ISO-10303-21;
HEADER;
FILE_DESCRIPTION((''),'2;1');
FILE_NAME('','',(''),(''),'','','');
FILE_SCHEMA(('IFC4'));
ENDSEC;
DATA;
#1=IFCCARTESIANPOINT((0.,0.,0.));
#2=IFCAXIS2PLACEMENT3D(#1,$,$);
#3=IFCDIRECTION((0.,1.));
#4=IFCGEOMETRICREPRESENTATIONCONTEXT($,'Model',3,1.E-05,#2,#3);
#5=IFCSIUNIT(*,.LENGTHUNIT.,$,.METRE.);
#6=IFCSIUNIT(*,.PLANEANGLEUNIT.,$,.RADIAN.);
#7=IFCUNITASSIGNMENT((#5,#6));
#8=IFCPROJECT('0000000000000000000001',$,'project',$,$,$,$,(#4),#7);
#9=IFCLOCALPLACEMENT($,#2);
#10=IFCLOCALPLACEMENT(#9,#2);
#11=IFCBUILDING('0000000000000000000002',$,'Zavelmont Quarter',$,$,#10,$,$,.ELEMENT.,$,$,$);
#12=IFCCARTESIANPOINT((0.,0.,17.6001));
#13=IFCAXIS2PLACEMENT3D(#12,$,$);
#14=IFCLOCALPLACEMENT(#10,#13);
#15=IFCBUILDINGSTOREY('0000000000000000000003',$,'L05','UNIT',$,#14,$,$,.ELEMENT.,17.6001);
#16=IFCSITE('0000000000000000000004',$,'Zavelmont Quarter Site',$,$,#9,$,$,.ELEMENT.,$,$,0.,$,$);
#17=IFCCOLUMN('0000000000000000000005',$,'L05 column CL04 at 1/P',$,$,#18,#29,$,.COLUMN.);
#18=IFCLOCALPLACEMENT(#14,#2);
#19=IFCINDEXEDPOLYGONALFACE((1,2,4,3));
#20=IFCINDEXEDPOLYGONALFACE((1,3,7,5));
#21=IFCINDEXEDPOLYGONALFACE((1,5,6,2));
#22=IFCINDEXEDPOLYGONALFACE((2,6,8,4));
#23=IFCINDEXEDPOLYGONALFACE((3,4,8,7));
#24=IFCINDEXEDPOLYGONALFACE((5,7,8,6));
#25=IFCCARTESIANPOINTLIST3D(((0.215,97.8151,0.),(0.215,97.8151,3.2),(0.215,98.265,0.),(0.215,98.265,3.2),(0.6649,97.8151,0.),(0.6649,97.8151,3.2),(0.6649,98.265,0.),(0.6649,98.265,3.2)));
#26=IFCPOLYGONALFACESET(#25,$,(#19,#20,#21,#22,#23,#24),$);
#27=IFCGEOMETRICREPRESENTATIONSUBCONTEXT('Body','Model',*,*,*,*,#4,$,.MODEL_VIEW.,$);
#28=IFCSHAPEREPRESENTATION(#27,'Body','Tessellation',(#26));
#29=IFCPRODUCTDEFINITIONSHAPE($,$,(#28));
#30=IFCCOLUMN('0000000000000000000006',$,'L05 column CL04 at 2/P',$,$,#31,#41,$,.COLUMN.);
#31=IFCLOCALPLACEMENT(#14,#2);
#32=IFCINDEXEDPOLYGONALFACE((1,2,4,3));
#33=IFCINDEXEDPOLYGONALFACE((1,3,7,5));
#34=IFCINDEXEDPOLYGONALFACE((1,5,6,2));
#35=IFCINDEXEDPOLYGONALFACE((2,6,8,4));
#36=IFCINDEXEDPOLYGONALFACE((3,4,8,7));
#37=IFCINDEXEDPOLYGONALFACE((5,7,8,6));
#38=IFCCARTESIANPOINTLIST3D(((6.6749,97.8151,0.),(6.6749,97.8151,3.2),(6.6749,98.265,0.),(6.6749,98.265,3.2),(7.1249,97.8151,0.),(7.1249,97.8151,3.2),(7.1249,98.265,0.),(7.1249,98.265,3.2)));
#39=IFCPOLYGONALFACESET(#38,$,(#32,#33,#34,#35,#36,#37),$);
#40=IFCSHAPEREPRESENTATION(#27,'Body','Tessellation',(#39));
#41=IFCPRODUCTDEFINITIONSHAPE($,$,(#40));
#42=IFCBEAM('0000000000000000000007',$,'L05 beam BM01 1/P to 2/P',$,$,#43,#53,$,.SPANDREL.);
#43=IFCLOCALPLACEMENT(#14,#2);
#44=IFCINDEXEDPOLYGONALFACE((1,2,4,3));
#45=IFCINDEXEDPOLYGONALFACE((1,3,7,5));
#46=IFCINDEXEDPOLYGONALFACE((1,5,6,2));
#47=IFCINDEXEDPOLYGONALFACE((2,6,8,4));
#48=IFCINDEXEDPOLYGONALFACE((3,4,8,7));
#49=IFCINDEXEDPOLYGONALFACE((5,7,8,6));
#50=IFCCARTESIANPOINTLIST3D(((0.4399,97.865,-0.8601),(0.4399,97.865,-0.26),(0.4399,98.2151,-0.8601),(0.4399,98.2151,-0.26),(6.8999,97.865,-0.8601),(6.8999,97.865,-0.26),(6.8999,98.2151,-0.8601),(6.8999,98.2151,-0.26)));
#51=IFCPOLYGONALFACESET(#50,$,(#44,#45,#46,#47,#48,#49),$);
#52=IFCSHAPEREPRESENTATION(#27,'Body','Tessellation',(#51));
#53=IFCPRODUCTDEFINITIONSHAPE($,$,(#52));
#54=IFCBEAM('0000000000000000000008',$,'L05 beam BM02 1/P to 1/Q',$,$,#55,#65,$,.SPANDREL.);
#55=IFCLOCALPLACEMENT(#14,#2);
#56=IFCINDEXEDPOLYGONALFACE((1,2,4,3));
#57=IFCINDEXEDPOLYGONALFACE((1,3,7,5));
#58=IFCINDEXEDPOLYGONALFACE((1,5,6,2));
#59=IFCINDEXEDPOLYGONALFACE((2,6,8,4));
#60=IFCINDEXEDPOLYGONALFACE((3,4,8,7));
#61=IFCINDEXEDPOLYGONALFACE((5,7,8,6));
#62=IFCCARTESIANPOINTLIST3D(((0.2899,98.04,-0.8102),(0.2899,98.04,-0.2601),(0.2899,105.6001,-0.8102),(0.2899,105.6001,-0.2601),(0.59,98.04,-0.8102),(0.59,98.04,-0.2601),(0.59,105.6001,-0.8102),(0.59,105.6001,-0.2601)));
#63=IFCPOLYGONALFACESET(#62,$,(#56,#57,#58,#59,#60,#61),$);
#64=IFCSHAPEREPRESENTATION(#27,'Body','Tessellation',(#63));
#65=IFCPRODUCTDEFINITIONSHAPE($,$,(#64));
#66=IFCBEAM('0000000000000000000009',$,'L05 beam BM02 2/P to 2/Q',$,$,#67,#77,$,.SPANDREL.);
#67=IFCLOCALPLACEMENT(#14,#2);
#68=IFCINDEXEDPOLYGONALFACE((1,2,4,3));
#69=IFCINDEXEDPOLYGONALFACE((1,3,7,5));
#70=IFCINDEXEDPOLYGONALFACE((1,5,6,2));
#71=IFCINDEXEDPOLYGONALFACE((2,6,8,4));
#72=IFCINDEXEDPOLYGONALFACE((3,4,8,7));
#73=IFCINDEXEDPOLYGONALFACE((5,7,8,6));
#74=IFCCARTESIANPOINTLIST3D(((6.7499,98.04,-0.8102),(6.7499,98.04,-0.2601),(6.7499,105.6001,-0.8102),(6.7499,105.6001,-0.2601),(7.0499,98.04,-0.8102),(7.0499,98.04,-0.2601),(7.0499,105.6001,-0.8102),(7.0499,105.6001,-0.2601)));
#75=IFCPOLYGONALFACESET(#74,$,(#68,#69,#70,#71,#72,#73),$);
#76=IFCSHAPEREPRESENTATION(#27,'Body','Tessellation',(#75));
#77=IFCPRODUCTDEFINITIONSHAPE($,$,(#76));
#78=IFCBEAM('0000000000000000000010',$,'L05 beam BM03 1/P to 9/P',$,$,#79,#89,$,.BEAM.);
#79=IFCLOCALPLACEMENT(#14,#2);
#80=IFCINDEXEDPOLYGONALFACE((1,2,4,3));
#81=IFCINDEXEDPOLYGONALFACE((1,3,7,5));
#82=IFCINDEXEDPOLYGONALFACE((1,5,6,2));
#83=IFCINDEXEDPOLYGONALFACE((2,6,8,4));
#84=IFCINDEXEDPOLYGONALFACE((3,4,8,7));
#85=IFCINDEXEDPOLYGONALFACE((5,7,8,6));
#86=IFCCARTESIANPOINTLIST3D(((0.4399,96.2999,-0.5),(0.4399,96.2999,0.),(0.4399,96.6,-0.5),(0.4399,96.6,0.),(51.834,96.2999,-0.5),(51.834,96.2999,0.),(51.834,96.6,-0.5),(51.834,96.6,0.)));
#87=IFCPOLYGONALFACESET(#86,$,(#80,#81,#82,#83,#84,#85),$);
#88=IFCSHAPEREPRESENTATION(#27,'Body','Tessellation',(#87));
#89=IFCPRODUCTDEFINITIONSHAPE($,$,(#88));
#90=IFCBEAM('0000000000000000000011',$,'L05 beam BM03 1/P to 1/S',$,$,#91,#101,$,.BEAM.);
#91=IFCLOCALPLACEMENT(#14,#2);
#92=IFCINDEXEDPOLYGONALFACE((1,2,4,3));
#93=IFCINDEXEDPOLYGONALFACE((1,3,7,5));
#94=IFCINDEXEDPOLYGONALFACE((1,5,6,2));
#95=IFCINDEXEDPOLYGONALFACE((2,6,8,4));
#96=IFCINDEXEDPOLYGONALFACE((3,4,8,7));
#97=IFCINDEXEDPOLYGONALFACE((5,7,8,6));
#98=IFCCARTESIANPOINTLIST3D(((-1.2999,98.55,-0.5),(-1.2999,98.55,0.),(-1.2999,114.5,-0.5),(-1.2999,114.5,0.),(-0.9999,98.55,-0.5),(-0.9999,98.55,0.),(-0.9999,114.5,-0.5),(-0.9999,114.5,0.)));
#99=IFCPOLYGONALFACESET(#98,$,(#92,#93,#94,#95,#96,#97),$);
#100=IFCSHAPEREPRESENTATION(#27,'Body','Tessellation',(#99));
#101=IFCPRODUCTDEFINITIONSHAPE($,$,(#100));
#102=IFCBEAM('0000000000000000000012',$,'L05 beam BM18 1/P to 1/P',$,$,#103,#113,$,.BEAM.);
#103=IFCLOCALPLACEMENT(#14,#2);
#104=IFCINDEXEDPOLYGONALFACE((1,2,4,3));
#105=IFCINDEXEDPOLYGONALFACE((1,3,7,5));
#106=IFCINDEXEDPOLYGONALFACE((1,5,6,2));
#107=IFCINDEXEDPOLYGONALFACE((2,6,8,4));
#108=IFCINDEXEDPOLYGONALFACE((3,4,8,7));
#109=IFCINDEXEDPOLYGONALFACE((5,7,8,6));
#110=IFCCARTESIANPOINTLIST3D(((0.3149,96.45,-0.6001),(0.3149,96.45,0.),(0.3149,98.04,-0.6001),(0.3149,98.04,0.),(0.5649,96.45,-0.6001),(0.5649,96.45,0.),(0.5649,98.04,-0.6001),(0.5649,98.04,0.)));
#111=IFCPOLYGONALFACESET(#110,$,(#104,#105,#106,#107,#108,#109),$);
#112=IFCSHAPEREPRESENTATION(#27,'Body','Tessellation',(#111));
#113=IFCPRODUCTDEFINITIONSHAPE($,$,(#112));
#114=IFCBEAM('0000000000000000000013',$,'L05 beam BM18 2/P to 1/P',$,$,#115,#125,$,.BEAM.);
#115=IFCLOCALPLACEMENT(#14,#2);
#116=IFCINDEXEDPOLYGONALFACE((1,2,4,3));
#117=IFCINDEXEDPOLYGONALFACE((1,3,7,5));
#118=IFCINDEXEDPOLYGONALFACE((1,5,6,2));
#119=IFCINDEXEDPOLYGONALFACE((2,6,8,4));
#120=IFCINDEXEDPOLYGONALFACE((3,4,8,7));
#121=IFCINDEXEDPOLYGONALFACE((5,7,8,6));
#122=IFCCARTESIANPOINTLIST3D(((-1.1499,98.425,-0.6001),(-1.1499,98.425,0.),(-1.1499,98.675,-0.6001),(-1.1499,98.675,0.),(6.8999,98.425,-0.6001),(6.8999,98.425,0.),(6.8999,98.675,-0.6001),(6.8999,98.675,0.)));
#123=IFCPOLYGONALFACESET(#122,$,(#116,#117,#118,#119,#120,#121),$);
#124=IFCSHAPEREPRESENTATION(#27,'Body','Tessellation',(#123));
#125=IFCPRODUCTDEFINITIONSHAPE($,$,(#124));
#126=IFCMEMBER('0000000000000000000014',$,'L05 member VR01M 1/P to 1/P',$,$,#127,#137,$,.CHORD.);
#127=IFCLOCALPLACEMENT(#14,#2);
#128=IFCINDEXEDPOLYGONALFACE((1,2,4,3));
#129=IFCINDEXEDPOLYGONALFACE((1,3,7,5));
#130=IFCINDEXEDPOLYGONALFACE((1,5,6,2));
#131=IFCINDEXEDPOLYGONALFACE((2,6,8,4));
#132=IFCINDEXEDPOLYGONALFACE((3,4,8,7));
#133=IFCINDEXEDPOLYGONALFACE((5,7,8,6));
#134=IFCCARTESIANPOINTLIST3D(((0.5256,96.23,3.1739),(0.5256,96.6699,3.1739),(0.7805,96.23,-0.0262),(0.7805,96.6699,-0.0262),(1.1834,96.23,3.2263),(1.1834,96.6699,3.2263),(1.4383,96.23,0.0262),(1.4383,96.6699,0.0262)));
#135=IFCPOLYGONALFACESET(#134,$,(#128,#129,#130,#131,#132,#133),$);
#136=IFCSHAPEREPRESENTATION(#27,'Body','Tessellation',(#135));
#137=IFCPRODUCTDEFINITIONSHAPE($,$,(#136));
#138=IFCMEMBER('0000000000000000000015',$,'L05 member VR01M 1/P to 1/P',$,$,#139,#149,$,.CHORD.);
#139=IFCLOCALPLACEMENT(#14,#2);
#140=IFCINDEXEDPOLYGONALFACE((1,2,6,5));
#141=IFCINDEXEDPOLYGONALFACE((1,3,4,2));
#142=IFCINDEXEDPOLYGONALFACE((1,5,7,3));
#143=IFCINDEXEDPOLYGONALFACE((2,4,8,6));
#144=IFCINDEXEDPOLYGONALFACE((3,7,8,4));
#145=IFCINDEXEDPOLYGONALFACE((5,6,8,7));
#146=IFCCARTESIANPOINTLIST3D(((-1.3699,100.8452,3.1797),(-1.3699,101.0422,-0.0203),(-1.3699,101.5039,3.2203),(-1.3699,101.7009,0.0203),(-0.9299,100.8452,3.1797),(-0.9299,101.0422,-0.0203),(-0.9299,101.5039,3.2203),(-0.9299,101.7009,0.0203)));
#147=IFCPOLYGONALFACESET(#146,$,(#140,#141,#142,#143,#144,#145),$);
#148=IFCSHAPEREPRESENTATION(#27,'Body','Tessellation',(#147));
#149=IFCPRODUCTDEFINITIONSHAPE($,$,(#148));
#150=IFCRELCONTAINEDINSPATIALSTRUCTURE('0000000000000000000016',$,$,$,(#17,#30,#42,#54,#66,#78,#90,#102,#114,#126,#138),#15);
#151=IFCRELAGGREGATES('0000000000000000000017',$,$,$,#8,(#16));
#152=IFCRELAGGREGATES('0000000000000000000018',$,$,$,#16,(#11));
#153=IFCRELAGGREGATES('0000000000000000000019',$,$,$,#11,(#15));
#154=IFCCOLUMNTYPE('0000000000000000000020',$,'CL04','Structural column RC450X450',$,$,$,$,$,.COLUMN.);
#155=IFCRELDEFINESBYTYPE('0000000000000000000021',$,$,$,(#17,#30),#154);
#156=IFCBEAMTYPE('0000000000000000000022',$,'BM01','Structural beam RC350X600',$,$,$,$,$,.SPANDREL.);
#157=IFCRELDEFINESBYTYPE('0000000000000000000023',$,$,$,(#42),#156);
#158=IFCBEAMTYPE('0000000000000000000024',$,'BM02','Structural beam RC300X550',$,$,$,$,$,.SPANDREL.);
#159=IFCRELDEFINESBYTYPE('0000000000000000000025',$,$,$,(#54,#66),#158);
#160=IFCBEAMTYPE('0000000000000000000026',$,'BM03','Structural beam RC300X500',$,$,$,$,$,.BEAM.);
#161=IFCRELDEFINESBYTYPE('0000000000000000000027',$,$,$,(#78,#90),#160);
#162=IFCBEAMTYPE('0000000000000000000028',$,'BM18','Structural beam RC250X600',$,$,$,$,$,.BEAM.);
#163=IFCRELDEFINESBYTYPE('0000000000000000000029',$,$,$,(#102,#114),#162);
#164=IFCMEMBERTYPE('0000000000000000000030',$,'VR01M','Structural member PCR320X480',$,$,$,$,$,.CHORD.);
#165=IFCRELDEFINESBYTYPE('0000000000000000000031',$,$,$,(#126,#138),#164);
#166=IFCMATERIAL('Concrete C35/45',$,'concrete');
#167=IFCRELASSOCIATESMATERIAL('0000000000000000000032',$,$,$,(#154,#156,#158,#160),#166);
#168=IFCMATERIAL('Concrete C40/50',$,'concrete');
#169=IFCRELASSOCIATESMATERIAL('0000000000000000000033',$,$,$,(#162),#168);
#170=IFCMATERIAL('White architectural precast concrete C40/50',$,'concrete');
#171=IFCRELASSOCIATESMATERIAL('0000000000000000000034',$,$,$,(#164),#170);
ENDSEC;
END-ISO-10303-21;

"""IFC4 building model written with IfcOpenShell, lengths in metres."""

from ifc_helpers import new_model, si_unit, direction, frame, origin, origin_2d, place, context, subcontext, project, spatial, rectangle, extrude, material, material_profile, profile_set, type_object, element, save


model = new_model("IFC4")

# Units and contexts
model_context = context("Model", 3, precision=1e-05, world=origin(), true_north=direction((0.0, 1.0)))
body_context = subcontext(model_context, "Body", "Model", "MODEL_VIEW")
ifc_project = project(units=[si_unit("LENGTHUNIT", "METRE"), si_unit("PLANEANGLEUNIT", "RADIAN")], contexts=[model_context])

# Site, building, storey
site_placement = place(None, origin())
site = spatial("IfcSite", under=ifc_project, at=site_placement, Name="Zavelmont Quarter Site", CompositionType="ELEMENT", RefElevation=0.0)
building_placement = place(site_placement, origin())
building = spatial("IfcBuilding", under=site, at=building_placement, Name="Zavelmont Quarter", CompositionType="ELEMENT")
storey_placement = place(building_placement, frame((0.0, 0.0, 17.6001)))
storey = spatial("IfcBuildingStorey", under=building, at=storey_placement, Name="L05", Description="UNIT", CompositionType="ELEMENT", Elevation=17.6001)

# Columns
ifc_material_1 = material(Name="Concrete C35/45", Category="concrete")
ifc_material_profile_1 = material_profile(ifc_material_1, rectangle(XDim=0.45, YDim=0.45, at=origin_2d()), Name="RC450X450")
ifc_profile_set_1 = profile_set([ifc_material_profile_1], Name="Concrete C35/45")
column_type = type_object("IfcColumnType", Name="CL04", Description="Structural column RC450X450", PredefinedType="COLUMN", material=ifc_profile_set_1)
for number, where, z_axis, x_axis, name in (
    (1, (0.4399, 98.04, 0.0), (0.0, 0.0, 1.0), (1.0, 0.0, 0.0), "L05 column CL04 at 1/P"),
    (2, (6.8999, 98.04, 0.0), (0.0, 0.0, 1.0), (1.0, 0.0, 0.0), "L05 column CL04 at 2/P"),
):
    element("IfcColumn", number, at=place(storey_placement, frame(where, z_axis=z_axis, x_axis=x_axis)), inside=storey, type_object=column_type, Name=name, PredefinedType="COLUMN", context=body_context, shape_type="SweptSolid", body=[
        extrude(rectangle(XDim=0.45, YDim=0.45, at=origin_2d()), origin(), (0.0, 0.0, 1.0), 3.2),
    ])

# Beams
ifc_material_profile_2 = material_profile(ifc_material_1, rectangle(XDim=0.3501, YDim=0.6001, at=origin_2d()), Name="RC350X600")
ifc_profile_set_2 = profile_set([ifc_material_profile_2], Name="Concrete C35/45")
beam_type_1 = type_object("IfcBeamType", Name="BM01", Description="Structural beam RC350X600", PredefinedType="SPANDREL", material=ifc_profile_set_2)
beam_1_placement = place(storey_placement, frame((0.4399, 98.04, -0.5601), z_axis=(1.0, 0.0, 0.0), x_axis=(0.0, 1.0, 0.0)))
element("IfcBeam", 3, at=beam_1_placement, inside=storey, type_object=beam_type_1, Name="L05 beam BM01 1/P to 2/P", PredefinedType="SPANDREL", context=body_context, shape_type="SweptSolid", body=[
    extrude(rectangle(XDim=0.3501, YDim=0.6001, at=origin_2d()), origin(), (0.0, 0.0, 1.0), 6.46),
])
ifc_material_profile_3 = material_profile(ifc_material_1, rectangle(XDim=0.3, YDim=0.55, at=origin_2d()), Name="RC300X550")
ifc_profile_set_3 = profile_set([ifc_material_profile_3], Name="Concrete C35/45")
beam_type_2 = type_object("IfcBeamType", Name="BM02", Description="Structural beam RC300X550", PredefinedType="SPANDREL", material=ifc_profile_set_3)
for number, where, z_axis, x_axis, name in (
    (4, (0.4399, 98.04, -0.5352), (0.0, 1.0, 0.0), (-1.0, 0.0, 0.0), "L05 beam BM02 1/P to 1/Q"),
    (5, (6.8999, 98.04, -0.5352), (0.0, 1.0, 0.0), (-1.0, 0.0, 0.0), "L05 beam BM02 2/P to 2/Q"),
):
    element("IfcBeam", number, at=place(storey_placement, frame(where, z_axis=z_axis, x_axis=x_axis)), inside=storey, type_object=beam_type_2, Name=name, PredefinedType="SPANDREL", context=body_context, shape_type="SweptSolid", body=[
        extrude(rectangle(XDim=0.3, YDim=0.55, at=origin_2d()), origin(), (0.0, 0.0, 1.0), 7.5601),
    ])
ifc_material_profile_4 = material_profile(ifc_material_1, rectangle(XDim=0.3, YDim=0.5, at=origin_2d()), Name="RC300X500")
ifc_profile_set_4 = profile_set([ifc_material_profile_4], Name="Concrete C35/45")
beam_type_3 = type_object("IfcBeamType", Name="BM03", Description="Structural beam RC300X500", PredefinedType="BEAM", material=ifc_profile_set_4)
beam_2_placement = place(storey_placement, frame((0.4399, 96.45, -0.25), z_axis=(1.0, 0.0, 0.0), x_axis=(0.0, 1.0, 0.0)))
element("IfcBeam", 6, at=beam_2_placement, inside=storey, type_object=beam_type_3, Name="L05 beam BM03 1/P to 9/P", PredefinedType="BEAM", context=body_context, shape_type="SweptSolid", body=[
    extrude(rectangle(XDim=0.3, YDim=0.5, at=origin_2d()), origin(), (0.0, 0.0, 1.0), 51.394),
])
beam_3_placement = place(storey_placement, frame((-1.1499, 98.55, -0.25), z_axis=(0.0, 1.0, 0.0), x_axis=(-1.0, 0.0, 0.0)))
element("IfcBeam", 7, at=beam_3_placement, inside=storey, type_object=beam_type_3, Name="L05 beam BM03 1/P to 1/S", PredefinedType="BEAM", context=body_context, shape_type="SweptSolid", body=[
    extrude(rectangle(XDim=0.3, YDim=0.5, at=origin_2d()), origin(), (0.0, 0.0, 1.0), 15.95),
])
ifc_material_2 = material(Name="Concrete C40/50", Category="concrete")
ifc_material_profile_5 = material_profile(ifc_material_2, rectangle(XDim=0.25, YDim=0.6001, at=origin_2d()), Name="RC250X600")
ifc_profile_set_5 = profile_set([ifc_material_profile_5], Name="Concrete C40/50")
beam_type_4 = type_object("IfcBeamType", Name="BM18", Description="Structural beam RC250X600", PredefinedType="BEAM", material=ifc_profile_set_5)
beam_4_placement = place(storey_placement, frame((0.4399, 98.04, -0.3), z_axis=(0.0, -1.0, 0.0), x_axis=(1.0, 0.0, 0.0)))
element("IfcBeam", 8, at=beam_4_placement, inside=storey, type_object=beam_type_4, Name="L05 beam BM18 1/P to 1/P", PredefinedType="BEAM", context=body_context, shape_type="SweptSolid", body=[
    extrude(rectangle(XDim=0.25, YDim=0.6001, at=origin_2d()), origin(), (0.0, 0.0, 1.0), 1.5901),
])
beam_5_placement = place(storey_placement, frame((6.8999, 98.55, -0.3), z_axis=(-1.0, 0.0, 0.0), x_axis=(0.0, -1.0, 0.0)))
element("IfcBeam", 9, at=beam_5_placement, inside=storey, type_object=beam_type_4, Name="L05 beam BM18 2/P to 1/P", PredefinedType="BEAM", context=body_context, shape_type="SweptSolid", body=[
    extrude(rectangle(XDim=0.25, YDim=0.6001, at=origin_2d()), origin(), (0.0, 0.0, 1.0), 8.0498),
])

# Members
ifc_material_3 = material(Name="White architectural precast concrete C40/50", Category="concrete")
ifc_material_profile_6 = material_profile(ifc_material_3, rectangle(XDim=0.4399, YDim=0.6599, at=origin_2d()), Name="PCR320X480")
ifc_profile_set_6 = profile_set([ifc_material_profile_6], Name="White architectural precast concrete C40/50")
member_type = type_object("IfcMemberType", Name="VR01M", Description="Structural member PCR320X480", PredefinedType="CHORD", material=ifc_profile_set_6)
member_1_placement = place(storey_placement, frame((1.1094, 96.45, 0.0), z_axis=(-0.079401, 0.0, 0.996843), x_axis=(0.0, -1.0, 0.0)))
element("IfcMember", 10, at=member_1_placement, inside=storey, type_object=member_type, Name="L05 member VR01M 1/P to 1/P", PredefinedType="CHORD", context=body_context, shape_type="SweptSolid", body=[
    extrude(rectangle(XDim=0.4399, YDim=0.6599, at=origin_2d()), origin(), (0.0, 0.0, 1.0), 3.2102),
])
member_2_placement = place(storey_placement, frame((-1.1499, 101.3716, 0.0), z_axis=(0.0, -0.061454, 0.99811), x_axis=(1.0, 0.0, 0.0)))
element("IfcMember", 11, at=member_2_placement, inside=storey, type_object=member_type, Name="L05 member VR01M 1/P to 1/P", PredefinedType="CHORD", context=body_context, shape_type="SweptSolid", body=[
    extrude(rectangle(XDim=0.4399, YDim=0.6599, at=origin_2d()), origin(), (0.0, 0.0, 1.0), 3.2061),
])

save(model, "model.ifc")
